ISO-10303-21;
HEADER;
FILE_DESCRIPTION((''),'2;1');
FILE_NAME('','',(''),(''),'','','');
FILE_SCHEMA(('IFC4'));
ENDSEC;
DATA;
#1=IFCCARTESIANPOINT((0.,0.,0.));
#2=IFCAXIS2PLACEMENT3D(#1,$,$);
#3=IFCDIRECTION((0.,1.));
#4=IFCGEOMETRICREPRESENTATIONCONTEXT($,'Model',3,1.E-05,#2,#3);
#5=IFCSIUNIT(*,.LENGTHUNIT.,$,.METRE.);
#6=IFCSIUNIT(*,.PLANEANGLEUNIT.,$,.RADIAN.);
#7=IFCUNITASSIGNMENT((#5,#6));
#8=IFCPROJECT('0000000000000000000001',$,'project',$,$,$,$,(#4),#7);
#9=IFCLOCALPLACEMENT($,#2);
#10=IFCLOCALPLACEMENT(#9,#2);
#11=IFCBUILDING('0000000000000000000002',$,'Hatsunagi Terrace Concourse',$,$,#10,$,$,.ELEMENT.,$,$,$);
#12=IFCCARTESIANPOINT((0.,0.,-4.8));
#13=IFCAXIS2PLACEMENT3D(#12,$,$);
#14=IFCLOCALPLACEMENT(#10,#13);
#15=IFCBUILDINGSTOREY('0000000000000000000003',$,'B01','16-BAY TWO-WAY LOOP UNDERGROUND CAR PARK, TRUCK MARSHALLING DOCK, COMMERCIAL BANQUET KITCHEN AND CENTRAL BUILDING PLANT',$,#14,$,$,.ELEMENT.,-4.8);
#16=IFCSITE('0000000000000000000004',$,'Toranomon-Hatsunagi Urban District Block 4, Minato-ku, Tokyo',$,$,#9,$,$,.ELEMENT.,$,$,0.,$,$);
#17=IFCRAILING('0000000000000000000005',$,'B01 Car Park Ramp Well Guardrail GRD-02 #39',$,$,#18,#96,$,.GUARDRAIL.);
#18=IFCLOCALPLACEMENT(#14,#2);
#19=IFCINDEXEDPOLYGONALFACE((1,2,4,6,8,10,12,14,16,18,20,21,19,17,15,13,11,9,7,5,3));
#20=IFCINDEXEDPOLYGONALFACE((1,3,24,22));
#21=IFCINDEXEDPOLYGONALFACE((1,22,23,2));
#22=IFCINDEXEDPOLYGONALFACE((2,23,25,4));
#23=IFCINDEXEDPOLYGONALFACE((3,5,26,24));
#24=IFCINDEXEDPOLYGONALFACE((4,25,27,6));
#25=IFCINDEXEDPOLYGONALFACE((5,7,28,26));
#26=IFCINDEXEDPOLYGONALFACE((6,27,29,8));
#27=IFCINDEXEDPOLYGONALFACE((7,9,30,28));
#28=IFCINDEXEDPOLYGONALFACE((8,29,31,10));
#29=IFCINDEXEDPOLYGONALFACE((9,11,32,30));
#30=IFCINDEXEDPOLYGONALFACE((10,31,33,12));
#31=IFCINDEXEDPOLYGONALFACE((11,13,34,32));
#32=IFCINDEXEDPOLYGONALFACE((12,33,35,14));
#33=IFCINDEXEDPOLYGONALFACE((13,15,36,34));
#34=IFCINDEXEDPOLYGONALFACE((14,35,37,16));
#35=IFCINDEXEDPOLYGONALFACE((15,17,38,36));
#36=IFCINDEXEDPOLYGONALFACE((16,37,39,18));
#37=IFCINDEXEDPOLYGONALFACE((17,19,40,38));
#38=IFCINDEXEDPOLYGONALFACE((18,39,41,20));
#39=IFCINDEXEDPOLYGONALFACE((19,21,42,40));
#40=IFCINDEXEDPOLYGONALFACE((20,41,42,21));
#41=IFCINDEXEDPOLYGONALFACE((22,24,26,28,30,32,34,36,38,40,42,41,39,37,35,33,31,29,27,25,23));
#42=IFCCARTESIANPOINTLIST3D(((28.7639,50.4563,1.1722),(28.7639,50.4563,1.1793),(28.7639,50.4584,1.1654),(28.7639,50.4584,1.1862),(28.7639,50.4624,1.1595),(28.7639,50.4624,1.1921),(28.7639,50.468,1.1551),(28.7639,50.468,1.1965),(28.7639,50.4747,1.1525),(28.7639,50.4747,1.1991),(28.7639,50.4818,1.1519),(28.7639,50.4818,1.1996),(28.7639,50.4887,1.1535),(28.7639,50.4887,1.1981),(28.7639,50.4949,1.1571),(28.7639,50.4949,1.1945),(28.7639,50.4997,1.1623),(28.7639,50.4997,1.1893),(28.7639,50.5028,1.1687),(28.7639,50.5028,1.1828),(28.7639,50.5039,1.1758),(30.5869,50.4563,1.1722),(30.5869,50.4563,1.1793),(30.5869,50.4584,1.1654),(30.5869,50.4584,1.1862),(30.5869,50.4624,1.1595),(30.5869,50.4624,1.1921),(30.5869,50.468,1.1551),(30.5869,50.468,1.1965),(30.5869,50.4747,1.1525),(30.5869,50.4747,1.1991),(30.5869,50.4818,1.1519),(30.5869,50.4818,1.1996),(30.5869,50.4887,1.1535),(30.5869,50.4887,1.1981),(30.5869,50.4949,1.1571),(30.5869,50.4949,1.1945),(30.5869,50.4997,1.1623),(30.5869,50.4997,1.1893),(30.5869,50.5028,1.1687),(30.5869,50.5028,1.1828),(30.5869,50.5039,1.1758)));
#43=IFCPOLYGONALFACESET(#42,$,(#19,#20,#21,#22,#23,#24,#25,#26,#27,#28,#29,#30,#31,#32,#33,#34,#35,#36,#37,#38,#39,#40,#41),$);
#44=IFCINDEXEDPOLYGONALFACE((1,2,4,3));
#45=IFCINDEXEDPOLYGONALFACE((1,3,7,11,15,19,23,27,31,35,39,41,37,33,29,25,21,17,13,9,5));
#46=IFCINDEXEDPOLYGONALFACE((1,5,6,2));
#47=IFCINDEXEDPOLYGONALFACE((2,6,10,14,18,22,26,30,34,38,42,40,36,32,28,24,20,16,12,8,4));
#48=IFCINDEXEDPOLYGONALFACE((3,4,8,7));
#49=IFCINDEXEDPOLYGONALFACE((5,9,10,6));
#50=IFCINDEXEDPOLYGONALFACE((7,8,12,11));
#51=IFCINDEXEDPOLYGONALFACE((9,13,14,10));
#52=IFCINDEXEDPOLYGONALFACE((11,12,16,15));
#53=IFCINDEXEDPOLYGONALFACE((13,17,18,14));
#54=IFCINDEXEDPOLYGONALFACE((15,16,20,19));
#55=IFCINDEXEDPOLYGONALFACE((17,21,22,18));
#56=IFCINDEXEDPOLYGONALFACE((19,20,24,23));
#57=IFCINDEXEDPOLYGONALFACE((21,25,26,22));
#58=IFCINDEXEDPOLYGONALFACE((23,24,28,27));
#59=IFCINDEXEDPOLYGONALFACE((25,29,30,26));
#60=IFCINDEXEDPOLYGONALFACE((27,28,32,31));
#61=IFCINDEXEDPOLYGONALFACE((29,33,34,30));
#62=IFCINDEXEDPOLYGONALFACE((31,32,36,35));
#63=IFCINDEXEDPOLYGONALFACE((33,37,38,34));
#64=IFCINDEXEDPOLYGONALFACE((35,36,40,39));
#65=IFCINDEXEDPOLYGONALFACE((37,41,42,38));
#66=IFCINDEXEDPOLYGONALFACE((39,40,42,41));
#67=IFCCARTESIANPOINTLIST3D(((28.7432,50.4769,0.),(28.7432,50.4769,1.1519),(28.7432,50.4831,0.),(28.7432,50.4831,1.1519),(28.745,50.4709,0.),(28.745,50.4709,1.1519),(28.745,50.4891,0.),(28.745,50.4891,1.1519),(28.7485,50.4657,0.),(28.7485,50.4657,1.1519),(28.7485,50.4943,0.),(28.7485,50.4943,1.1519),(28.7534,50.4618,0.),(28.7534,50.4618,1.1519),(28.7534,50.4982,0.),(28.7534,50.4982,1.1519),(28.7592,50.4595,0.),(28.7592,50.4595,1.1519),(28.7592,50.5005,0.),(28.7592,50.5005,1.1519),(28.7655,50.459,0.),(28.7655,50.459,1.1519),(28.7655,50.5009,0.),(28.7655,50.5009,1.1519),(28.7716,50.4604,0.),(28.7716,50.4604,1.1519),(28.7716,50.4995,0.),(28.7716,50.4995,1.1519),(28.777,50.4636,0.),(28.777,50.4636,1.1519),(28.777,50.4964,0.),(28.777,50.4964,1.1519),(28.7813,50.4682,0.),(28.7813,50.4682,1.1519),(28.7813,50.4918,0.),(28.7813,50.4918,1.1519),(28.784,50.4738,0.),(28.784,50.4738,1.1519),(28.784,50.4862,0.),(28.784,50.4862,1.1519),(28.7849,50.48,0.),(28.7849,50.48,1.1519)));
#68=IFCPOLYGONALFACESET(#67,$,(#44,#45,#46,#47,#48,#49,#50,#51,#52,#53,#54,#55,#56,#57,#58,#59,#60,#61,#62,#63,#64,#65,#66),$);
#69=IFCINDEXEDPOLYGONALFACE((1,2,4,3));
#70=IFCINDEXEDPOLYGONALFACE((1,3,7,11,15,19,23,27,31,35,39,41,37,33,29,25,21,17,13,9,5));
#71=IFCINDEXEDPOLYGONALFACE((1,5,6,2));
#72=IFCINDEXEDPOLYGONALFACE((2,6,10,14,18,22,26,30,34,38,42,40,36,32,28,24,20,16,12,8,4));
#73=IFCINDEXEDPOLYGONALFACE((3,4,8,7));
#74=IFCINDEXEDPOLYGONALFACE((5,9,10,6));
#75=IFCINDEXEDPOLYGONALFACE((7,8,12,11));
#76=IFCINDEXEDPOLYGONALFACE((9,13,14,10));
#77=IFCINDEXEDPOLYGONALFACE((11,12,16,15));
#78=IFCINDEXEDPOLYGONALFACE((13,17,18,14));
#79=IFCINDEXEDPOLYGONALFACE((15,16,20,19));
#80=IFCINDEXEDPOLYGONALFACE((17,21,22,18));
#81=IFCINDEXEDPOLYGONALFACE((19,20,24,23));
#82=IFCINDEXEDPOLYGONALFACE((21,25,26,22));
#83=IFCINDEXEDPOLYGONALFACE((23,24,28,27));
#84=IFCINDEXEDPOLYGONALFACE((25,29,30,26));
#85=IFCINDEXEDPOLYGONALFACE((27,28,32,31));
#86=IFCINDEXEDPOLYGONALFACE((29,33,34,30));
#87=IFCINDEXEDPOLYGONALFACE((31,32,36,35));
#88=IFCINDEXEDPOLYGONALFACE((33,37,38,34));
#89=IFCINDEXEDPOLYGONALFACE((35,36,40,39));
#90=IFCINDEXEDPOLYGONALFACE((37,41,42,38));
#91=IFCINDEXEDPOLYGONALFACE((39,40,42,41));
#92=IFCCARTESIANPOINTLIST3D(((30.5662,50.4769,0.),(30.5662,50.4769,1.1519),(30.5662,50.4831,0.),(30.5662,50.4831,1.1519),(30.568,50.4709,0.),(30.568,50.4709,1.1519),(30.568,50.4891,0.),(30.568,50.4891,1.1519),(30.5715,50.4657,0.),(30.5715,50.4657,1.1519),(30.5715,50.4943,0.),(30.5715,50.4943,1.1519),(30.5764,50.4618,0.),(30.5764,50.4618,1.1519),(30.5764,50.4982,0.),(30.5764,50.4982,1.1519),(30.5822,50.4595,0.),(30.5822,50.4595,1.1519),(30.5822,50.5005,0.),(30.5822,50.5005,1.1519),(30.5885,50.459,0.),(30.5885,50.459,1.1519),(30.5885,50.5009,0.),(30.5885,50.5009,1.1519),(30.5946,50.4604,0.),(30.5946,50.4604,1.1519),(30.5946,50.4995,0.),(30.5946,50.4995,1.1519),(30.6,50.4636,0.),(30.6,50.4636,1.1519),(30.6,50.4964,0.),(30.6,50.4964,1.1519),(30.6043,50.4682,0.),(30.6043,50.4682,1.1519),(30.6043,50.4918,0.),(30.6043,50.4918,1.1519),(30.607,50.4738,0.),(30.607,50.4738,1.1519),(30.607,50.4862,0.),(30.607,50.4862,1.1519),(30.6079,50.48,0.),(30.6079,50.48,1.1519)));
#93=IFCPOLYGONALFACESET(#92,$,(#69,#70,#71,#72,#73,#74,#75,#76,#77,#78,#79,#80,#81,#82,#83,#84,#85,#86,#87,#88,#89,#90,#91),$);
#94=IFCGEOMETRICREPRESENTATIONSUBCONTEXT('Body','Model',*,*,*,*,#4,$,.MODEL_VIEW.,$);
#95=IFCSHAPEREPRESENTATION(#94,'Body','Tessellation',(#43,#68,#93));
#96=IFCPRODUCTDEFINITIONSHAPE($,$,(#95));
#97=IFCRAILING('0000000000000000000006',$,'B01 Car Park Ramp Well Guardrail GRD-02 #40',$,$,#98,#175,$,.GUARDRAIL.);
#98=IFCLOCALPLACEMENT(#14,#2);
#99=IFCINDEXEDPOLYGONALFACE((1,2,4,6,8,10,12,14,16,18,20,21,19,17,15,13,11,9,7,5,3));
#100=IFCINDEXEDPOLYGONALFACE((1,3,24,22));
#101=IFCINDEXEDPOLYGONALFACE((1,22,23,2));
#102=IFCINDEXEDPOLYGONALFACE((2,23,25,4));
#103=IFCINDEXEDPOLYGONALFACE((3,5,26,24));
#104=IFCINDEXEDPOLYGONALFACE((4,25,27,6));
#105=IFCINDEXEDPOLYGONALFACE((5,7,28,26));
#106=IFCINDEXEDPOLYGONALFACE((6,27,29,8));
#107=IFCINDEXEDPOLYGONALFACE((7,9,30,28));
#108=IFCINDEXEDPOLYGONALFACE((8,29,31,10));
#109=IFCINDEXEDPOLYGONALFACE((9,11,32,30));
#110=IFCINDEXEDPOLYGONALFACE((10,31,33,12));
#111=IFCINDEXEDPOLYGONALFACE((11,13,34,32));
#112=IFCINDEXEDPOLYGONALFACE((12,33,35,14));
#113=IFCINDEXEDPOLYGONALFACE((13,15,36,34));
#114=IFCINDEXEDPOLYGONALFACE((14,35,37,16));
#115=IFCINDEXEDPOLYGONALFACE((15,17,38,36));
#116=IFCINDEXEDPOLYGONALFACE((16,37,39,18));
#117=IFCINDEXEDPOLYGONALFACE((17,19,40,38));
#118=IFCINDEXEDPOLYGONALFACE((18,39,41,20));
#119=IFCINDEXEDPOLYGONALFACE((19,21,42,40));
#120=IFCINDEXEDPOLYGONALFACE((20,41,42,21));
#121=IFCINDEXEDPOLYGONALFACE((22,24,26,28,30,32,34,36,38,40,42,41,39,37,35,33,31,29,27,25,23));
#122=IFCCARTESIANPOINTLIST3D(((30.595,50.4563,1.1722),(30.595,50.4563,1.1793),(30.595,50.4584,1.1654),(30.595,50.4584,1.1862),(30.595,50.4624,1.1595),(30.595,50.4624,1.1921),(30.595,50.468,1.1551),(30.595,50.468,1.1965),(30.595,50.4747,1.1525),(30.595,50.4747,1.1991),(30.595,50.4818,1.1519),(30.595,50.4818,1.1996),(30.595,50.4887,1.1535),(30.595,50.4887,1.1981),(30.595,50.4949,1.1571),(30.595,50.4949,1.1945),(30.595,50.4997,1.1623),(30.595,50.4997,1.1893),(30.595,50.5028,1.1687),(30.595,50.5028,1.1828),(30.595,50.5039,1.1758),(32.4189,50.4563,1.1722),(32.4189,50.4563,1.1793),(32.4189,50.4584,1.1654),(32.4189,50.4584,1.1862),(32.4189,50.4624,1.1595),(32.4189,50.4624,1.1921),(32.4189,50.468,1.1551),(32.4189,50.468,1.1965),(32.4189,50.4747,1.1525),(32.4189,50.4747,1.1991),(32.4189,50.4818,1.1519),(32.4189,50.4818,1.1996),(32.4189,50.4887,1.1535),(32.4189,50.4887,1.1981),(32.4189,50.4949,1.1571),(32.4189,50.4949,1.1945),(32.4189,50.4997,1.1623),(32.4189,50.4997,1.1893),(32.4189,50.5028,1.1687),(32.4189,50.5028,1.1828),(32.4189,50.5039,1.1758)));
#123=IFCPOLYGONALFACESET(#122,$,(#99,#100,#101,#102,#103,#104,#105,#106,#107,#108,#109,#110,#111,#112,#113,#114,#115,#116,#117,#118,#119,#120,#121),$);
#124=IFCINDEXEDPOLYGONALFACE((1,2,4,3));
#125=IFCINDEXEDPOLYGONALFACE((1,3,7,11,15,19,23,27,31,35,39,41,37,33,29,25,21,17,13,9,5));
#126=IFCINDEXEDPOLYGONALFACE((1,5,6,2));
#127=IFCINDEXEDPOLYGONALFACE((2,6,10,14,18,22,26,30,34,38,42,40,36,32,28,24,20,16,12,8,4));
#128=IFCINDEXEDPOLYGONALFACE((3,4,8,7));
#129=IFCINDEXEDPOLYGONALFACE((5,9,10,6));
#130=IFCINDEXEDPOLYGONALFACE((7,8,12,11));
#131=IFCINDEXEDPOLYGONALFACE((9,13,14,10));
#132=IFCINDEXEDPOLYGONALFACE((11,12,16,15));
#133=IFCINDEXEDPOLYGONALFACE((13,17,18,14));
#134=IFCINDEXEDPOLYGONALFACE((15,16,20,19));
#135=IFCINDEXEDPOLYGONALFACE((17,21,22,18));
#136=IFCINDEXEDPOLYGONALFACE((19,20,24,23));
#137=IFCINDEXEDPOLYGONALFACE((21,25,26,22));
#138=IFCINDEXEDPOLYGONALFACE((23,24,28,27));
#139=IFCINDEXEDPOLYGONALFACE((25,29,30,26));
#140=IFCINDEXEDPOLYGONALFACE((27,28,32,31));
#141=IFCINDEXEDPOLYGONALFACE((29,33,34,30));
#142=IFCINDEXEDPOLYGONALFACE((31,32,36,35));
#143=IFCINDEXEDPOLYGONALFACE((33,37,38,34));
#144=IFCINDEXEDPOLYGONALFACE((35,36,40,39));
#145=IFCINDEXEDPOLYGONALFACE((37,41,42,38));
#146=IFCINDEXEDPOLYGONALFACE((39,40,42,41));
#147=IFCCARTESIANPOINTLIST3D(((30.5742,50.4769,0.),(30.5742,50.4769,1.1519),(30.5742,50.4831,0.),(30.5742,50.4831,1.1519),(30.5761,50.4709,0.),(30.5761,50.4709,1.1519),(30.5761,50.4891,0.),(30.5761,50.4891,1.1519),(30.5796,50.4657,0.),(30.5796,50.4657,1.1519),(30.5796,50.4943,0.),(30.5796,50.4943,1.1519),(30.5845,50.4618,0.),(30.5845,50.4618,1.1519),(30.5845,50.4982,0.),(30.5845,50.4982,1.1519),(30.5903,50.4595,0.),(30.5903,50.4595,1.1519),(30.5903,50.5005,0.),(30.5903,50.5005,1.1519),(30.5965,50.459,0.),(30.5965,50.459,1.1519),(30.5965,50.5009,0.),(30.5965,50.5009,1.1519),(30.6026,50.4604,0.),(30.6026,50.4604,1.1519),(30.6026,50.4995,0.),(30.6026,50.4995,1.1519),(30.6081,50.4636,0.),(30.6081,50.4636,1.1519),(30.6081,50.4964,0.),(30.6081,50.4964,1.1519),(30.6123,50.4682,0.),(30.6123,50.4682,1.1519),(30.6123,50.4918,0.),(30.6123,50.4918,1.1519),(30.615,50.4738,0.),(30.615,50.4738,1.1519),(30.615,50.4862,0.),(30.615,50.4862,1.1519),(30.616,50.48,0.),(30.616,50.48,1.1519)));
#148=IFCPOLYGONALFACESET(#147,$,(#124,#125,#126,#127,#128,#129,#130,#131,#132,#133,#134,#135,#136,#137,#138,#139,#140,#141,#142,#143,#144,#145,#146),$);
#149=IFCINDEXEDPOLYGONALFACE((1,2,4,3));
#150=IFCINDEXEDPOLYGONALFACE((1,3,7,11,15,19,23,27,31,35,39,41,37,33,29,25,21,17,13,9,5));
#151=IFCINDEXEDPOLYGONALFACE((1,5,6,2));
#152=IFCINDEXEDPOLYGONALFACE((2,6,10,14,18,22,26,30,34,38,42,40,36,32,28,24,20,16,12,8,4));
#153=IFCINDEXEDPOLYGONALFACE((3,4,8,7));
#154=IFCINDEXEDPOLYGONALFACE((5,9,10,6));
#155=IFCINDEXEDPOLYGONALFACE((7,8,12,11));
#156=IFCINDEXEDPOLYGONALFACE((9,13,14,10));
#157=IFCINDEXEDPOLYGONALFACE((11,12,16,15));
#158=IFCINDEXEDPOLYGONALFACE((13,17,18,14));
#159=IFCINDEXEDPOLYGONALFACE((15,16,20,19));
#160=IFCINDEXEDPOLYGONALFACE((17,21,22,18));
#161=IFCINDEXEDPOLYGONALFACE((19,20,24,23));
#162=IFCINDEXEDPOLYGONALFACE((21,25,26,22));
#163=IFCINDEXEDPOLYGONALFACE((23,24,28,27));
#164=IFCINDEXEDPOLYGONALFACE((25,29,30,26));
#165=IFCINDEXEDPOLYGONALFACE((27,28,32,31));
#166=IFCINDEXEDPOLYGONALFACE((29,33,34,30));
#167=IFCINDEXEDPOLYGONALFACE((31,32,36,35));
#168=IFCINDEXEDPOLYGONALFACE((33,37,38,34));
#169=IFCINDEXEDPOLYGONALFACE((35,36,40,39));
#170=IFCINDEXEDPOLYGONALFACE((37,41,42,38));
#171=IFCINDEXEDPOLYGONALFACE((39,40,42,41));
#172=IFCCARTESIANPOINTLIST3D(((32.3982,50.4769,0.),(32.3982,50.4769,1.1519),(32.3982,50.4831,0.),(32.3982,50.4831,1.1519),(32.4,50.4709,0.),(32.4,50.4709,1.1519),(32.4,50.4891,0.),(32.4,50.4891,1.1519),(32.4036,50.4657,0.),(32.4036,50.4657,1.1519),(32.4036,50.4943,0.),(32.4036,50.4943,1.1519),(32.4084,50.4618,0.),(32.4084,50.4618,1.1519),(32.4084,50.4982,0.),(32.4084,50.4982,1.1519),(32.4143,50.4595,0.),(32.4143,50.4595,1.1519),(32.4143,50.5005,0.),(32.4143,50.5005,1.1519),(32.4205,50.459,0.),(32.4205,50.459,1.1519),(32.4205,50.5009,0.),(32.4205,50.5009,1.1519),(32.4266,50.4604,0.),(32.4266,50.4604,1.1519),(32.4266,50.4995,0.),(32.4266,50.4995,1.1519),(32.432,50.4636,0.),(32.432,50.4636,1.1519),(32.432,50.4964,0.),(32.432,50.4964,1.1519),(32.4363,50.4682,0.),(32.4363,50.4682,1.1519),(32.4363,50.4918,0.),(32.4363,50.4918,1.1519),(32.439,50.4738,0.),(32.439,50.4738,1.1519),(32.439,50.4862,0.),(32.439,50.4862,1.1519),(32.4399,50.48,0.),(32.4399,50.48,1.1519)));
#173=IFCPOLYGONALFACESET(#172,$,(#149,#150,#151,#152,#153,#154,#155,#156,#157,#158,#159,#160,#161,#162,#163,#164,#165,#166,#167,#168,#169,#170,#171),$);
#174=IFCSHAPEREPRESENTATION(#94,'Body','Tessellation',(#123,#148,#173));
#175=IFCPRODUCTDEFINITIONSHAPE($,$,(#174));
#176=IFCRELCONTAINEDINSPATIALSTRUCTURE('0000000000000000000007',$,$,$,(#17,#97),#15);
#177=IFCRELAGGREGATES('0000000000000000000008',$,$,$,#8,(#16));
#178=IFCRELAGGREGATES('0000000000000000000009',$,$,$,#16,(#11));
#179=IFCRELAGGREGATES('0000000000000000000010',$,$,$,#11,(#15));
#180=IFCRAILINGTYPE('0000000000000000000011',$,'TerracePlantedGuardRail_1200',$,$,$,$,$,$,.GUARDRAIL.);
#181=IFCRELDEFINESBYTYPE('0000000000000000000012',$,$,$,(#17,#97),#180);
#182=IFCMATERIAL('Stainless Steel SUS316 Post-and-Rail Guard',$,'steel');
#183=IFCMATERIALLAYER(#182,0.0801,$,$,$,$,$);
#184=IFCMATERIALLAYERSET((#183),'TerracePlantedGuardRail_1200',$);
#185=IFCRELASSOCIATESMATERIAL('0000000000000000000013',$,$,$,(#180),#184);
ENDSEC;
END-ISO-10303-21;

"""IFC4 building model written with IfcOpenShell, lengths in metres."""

from ifc_helpers import new_model, si_unit, direction, frame, origin, origin_2d, place, context, subcontext, project, spatial, circle, extrude, material, layer, layer_set, type_object, element, save


model = new_model("IFC4")

# Units and contexts
model_context = context("Model", 3, precision=1e-05, world=origin(), true_north=direction((0.0, 1.0)))
body_context = subcontext(model_context, "Body", "Model", "MODEL_VIEW")
ifc_project = project(units=[si_unit("LENGTHUNIT", "METRE"), si_unit("PLANEANGLEUNIT", "RADIAN")], contexts=[model_context])

# Site, building, storey
site_placement = place(None, origin())
site = spatial("IfcSite", under=ifc_project, at=site_placement, Name="Toranomon-Hatsunagi Urban District Block 4, Minato-ku, Tokyo", CompositionType="ELEMENT", RefElevation=0.0)
building_placement = place(site_placement, origin())
building = spatial("IfcBuilding", under=site, at=building_placement, Name="Hatsunagi Terrace Concourse", CompositionType="ELEMENT")
storey_placement = place(building_placement, frame((0.0, 0.0, -4.8)))
storey = spatial("IfcBuildingStorey", under=building, at=storey_placement, Name="B01", Description="16-BAY TWO-WAY LOOP UNDERGROUND CAR PARK, TRUCK MARSHALLING DOCK, COMMERCIAL BANQUET KITCHEN AND CENTRAL BUILDING PLANT", CompositionType="ELEMENT", Elevation=-4.8)

# Railings
ifc_material_1 = material(Name="Stainless Steel SUS316 Post-and-Rail Guard", Category="steel")
ifc_layer = layer(ifc_material_1, 0.0801)
ifc_layer_set = layer_set([ifc_layer], Name="TerracePlantedGuardRail_1200")
railing_type = type_object("IfcRailingType", Name="TerracePlantedGuardRail_1200", PredefinedType="GUARDRAIL", material=ifc_layer_set)
for number, where, name in (
    (1, (28.7639, 50.48, 0.0), "B01 Car Park Ramp Well Guardrail GRD-02 #39"),
):
    element("IfcRailing", number, at=place(storey_placement, frame(where)), inside=storey, type_object=railing_type, Name=name, PredefinedType="GUARDRAIL", context=body_context, shape_type="SweptSolid", body=[
        extrude(circle(Radius=0.0239, at=origin_2d()), frame((0.0, 0.0, 1.1758), z_axis=(1.0, 0.0, 0.0), x_axis=(0.0, 1.0, 0.0)), (0.0, 0.0, 1.0), 1.823),
        extrude(circle(Radius=0.021, at=origin_2d()), origin(), (0.0, 0.0, 1.0), 1.1519),
        extrude(circle(Radius=0.021, at=origin_2d()), frame((1.823, 0.0, 0.0)), (0.0, 0.0, 1.0), 1.1519),
    ])
railing_1_placement = place(storey_placement, frame((30.595, 50.48, 0.0)))
element("IfcRailing", 2, at=railing_1_placement, inside=storey, type_object=railing_type, Name="B01 Car Park Ramp Well Guardrail GRD-02 #40", PredefinedType="GUARDRAIL", context=body_context, shape_type="SweptSolid", body=[
    extrude(circle(Radius=0.0239, at=origin_2d()), frame((0.0, 0.0, 1.1758), z_axis=(1.0, 0.0, 0.0), x_axis=(0.0, 1.0, 0.0)), (0.0, 0.0, 1.0), 1.824),
    extrude(circle(Radius=0.021, at=origin_2d()), origin(), (0.0, 0.0, 1.0), 1.1519),
    extrude(circle(Radius=0.021, at=origin_2d()), frame((1.824, 0.0, 0.0)), (0.0, 0.0, 1.0), 1.1519),
])

save(model, "model.ifc")
